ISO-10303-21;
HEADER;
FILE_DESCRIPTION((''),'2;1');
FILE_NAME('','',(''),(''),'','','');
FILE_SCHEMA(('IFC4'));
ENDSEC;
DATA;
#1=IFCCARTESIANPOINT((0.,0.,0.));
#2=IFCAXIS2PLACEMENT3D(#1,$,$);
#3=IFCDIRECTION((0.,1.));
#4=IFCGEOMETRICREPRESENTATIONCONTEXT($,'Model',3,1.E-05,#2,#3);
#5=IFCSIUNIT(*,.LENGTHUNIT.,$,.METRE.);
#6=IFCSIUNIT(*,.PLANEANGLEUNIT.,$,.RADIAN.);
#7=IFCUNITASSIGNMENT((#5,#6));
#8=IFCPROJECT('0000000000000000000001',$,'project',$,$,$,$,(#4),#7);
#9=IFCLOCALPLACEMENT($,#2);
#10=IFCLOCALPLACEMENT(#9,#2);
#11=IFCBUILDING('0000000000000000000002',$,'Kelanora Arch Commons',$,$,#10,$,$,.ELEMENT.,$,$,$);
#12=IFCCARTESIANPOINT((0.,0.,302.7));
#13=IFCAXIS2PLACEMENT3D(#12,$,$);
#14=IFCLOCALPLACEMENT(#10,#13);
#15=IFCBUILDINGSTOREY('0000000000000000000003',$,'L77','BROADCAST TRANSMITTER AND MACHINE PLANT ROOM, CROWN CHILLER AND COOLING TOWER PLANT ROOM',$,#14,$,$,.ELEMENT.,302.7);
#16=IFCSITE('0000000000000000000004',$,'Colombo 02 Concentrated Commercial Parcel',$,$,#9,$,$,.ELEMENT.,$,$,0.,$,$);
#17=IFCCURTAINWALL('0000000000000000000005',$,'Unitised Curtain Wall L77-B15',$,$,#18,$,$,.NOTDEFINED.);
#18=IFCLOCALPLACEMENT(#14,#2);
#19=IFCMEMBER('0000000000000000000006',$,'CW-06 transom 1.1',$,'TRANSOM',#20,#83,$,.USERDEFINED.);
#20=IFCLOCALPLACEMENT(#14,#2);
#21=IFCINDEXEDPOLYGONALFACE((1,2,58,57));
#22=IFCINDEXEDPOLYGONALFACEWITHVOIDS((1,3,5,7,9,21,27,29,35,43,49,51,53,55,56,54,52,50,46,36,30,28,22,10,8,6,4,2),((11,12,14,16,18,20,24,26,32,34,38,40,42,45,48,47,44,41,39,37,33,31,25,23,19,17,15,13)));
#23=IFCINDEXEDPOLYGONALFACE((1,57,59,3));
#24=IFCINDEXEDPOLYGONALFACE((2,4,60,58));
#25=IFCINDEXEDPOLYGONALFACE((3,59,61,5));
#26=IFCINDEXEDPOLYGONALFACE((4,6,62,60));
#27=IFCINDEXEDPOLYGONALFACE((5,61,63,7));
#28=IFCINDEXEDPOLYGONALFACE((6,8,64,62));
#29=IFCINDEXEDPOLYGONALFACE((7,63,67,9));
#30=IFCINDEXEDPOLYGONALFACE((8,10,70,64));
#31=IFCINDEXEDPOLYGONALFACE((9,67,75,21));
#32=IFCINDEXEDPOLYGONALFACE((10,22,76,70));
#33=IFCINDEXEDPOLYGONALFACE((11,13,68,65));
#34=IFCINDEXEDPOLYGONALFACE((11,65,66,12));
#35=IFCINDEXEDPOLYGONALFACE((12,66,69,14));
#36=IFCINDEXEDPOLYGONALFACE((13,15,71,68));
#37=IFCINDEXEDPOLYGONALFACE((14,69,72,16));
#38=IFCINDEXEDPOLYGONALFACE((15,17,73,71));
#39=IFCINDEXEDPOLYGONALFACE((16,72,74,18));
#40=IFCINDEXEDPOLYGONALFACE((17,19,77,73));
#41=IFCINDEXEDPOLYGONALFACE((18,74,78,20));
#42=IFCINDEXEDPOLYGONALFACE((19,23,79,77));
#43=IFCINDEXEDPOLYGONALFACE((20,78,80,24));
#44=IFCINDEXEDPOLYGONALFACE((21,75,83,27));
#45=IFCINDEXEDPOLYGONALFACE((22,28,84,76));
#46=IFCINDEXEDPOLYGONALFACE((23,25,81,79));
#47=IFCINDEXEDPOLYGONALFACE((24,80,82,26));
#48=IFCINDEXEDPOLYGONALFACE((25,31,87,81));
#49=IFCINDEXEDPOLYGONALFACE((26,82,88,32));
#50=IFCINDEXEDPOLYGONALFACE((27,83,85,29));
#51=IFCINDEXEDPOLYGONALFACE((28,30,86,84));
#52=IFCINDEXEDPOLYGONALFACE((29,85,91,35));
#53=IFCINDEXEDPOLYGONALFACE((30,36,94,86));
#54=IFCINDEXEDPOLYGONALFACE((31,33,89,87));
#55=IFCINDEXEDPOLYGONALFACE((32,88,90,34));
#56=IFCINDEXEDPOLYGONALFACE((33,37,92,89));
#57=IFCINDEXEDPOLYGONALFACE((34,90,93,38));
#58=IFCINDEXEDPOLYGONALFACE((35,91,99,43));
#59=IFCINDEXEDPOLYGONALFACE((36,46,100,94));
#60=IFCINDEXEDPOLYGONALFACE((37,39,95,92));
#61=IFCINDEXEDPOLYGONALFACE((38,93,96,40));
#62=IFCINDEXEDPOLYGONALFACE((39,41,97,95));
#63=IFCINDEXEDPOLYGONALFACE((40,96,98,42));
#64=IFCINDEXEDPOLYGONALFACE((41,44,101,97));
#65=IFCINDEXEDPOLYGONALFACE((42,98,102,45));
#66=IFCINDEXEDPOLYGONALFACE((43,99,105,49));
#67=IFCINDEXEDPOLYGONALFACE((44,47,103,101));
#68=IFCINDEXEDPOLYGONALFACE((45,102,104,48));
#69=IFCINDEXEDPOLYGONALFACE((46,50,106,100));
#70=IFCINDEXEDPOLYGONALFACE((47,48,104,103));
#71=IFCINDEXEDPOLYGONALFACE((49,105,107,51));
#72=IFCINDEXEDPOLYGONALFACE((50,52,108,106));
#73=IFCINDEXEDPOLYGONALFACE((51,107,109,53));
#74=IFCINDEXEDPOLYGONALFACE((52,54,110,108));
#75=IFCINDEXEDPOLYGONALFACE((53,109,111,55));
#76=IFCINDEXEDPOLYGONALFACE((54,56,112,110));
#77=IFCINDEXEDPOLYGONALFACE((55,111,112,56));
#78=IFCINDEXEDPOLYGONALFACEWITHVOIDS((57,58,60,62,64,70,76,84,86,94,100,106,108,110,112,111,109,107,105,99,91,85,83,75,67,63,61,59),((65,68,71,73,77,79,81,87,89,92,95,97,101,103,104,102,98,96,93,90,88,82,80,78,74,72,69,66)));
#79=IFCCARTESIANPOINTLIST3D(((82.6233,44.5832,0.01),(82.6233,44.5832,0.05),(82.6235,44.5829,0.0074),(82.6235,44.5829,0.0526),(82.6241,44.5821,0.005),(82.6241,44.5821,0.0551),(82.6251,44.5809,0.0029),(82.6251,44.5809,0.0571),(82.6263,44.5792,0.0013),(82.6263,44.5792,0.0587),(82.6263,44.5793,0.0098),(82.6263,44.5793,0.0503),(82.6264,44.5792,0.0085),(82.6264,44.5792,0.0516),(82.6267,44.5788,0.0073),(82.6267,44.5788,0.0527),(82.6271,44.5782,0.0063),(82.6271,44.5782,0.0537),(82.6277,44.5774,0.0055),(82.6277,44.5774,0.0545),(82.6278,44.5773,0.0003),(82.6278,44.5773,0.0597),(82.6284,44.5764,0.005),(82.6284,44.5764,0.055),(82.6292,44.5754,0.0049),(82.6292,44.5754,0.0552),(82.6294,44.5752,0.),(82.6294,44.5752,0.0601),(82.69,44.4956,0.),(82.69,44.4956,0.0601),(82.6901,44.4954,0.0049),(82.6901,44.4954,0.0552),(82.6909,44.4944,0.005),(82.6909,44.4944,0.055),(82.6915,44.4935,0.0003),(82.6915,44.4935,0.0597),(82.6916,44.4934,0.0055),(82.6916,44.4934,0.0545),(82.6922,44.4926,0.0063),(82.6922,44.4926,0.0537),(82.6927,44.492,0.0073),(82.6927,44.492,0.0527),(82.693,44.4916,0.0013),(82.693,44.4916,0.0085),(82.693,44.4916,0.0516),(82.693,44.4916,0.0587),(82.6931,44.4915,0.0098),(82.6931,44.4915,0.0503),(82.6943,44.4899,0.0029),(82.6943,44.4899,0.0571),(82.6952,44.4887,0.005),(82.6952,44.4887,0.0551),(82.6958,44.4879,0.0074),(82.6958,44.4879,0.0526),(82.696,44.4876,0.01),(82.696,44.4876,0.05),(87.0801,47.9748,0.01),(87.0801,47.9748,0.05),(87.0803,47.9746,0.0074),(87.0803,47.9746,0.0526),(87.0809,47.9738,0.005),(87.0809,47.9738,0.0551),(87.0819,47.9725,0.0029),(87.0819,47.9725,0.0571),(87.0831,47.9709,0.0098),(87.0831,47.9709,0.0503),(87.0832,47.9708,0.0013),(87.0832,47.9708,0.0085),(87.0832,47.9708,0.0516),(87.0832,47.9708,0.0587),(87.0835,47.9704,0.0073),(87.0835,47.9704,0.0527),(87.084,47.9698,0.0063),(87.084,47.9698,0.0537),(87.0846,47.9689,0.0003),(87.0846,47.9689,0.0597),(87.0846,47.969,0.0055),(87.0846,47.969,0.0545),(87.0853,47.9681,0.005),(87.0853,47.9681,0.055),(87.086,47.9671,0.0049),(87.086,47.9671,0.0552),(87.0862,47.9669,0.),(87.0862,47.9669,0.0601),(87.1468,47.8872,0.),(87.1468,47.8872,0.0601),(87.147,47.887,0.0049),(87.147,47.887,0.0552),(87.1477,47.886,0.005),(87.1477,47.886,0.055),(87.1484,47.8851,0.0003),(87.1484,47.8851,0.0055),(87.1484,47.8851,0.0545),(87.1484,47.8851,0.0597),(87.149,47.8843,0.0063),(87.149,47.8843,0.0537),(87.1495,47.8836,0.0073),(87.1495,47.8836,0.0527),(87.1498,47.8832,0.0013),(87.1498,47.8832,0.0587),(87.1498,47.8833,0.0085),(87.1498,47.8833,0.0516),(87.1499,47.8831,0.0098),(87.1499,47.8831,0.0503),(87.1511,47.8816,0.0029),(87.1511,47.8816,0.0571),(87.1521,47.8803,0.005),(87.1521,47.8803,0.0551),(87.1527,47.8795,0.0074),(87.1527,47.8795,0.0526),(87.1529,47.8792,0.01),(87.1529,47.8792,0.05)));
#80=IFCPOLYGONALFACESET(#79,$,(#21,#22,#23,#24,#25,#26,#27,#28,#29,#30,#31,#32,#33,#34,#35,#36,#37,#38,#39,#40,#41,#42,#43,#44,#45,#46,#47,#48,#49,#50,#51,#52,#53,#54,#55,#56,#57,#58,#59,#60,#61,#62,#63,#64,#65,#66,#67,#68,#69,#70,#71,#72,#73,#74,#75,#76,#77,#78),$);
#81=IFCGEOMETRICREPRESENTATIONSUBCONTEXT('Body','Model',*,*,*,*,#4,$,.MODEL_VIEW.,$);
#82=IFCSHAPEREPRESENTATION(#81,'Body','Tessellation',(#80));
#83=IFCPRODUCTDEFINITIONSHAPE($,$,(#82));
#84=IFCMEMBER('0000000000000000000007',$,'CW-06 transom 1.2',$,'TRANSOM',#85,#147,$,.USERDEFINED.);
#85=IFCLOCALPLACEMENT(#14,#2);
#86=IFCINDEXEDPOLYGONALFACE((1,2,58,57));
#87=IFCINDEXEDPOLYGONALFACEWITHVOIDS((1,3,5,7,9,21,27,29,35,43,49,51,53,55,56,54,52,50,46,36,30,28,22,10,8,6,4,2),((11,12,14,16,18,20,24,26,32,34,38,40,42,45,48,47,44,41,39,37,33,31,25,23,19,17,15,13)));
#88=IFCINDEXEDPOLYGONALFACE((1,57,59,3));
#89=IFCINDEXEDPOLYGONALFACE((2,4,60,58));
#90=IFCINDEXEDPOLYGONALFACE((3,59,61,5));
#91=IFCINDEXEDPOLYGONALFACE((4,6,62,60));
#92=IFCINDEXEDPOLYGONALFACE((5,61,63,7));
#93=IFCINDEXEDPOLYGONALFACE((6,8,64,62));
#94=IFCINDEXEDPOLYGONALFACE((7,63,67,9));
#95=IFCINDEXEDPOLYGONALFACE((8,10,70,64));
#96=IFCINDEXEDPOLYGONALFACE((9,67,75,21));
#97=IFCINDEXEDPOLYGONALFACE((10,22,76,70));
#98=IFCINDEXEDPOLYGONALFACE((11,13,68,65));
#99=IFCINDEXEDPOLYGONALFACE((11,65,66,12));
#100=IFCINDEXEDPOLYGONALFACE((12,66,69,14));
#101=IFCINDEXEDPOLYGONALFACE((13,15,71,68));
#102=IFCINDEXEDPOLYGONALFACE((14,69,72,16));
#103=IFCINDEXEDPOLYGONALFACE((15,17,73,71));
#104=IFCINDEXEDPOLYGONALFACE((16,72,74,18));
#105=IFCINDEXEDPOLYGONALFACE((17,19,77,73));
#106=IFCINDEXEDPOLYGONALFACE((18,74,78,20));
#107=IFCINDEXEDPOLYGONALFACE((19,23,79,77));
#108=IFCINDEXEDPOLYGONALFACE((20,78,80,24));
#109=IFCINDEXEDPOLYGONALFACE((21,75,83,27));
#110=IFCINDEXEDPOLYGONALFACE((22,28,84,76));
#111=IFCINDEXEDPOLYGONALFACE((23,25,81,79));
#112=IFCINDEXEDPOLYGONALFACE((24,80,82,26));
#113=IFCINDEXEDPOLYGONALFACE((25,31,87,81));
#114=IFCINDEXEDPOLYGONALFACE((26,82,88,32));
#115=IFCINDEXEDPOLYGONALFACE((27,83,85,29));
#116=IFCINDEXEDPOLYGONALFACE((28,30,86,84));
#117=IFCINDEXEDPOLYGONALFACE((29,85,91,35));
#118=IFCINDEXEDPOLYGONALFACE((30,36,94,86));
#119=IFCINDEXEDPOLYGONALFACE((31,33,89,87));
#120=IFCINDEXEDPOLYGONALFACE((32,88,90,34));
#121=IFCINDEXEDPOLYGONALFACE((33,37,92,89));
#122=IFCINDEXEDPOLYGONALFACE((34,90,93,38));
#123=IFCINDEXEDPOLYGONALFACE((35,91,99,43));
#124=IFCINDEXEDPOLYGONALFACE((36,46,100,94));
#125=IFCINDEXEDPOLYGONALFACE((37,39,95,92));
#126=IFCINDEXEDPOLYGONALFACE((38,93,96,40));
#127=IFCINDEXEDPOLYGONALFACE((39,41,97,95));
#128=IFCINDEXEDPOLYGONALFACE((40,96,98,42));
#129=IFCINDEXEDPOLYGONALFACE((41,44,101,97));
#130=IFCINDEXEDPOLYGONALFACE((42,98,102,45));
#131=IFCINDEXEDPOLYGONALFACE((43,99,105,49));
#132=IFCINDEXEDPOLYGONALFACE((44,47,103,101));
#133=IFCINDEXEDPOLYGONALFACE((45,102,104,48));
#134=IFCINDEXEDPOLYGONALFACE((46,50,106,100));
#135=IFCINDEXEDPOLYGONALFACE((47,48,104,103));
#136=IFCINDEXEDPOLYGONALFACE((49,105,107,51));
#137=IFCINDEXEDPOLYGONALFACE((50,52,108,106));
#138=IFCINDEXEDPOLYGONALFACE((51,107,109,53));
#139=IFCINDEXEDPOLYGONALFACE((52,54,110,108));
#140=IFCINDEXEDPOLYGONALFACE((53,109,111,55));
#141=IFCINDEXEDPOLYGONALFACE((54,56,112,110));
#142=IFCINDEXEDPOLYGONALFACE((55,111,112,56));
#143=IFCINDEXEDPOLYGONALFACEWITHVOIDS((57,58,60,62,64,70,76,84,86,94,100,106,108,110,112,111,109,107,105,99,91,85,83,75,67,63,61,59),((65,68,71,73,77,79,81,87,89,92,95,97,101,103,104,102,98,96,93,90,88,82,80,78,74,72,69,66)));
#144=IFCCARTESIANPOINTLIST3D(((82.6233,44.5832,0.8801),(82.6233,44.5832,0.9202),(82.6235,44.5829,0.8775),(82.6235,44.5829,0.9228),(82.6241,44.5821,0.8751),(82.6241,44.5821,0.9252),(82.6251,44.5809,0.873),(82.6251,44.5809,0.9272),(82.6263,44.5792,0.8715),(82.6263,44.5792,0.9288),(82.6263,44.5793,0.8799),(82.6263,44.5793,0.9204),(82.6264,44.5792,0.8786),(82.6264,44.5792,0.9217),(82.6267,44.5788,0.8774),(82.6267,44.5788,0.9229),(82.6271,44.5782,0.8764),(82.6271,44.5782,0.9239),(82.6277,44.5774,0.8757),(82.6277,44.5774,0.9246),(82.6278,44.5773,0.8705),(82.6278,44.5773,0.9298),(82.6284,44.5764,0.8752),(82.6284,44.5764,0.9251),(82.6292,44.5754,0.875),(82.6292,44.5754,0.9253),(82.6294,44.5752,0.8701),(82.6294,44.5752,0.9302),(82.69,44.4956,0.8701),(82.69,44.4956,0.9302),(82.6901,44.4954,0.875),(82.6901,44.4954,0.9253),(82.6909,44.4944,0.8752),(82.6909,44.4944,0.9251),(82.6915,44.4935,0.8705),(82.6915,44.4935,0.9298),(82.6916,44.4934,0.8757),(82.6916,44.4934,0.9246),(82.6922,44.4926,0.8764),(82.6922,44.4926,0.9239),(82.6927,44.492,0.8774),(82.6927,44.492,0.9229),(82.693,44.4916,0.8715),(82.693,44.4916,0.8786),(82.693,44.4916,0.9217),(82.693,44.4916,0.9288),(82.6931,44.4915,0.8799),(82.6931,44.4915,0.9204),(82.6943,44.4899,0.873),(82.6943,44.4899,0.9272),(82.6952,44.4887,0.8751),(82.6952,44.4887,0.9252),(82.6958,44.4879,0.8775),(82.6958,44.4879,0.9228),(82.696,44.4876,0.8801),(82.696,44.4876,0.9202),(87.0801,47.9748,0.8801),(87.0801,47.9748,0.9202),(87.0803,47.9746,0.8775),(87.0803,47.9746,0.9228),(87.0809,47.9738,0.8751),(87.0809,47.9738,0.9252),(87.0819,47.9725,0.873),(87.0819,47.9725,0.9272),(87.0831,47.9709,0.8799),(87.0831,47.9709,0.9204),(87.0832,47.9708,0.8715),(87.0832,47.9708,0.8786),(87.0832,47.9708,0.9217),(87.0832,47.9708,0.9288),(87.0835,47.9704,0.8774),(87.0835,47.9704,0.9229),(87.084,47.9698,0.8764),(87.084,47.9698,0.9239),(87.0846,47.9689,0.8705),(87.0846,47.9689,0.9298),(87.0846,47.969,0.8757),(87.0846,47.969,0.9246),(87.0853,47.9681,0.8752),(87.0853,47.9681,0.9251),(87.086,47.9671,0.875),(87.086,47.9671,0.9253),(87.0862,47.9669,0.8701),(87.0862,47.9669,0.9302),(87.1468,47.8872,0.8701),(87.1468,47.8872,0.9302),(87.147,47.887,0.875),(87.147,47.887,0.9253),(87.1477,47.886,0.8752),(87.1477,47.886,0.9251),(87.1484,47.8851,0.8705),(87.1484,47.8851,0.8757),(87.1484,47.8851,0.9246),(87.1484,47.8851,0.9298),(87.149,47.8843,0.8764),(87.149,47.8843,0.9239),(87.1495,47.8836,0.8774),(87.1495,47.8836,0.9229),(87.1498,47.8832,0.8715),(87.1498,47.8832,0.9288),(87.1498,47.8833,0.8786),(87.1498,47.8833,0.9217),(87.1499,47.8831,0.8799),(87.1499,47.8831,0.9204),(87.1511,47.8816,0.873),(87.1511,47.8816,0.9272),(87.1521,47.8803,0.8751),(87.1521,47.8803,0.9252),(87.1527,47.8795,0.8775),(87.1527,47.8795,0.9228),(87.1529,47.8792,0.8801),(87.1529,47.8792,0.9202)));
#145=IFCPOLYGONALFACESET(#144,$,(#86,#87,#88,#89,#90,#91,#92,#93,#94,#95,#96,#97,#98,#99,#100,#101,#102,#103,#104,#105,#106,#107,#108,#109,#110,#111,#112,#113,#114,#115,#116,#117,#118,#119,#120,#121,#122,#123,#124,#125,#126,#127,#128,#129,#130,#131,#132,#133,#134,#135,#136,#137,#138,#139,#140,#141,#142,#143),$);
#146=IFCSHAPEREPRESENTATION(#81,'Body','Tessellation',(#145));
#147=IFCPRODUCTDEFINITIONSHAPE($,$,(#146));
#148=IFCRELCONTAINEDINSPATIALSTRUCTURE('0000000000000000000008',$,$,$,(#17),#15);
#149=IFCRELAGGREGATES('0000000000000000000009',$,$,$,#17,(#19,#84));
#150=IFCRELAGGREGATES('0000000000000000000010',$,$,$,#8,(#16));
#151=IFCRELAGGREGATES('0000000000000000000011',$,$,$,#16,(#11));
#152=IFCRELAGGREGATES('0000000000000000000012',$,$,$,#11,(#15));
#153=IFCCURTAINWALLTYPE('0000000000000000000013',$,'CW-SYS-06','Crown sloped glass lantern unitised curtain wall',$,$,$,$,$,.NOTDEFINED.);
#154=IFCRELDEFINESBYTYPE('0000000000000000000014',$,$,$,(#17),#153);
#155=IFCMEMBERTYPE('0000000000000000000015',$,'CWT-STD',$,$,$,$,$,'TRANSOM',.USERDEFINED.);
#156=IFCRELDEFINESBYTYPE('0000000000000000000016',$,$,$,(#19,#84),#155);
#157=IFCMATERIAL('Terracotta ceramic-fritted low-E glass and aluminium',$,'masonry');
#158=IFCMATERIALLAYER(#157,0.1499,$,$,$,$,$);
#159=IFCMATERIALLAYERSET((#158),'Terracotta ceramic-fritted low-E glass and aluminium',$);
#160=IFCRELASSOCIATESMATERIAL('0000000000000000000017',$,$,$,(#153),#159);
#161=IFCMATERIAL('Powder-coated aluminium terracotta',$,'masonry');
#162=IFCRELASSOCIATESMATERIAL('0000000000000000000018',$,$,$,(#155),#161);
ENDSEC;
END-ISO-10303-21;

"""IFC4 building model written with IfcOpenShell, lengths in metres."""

from ifc_helpers import new_model, si_unit, direction, frame, origin, origin_2d, place, context, subcontext, project, spatial, hollow_rectangle, extrude, material, layer, layer_set, material_profile, profile_set, type_object, element, aggregate, save


model = new_model("IFC4")

# Units and contexts
model_context = context("Model", 3, precision=1e-05, world=origin(), true_north=direction((0.0, 1.0)))
body_context = subcontext(model_context, "Body", "Model", "MODEL_VIEW")
ifc_project = project(units=[si_unit("LENGTHUNIT", "METRE"), si_unit("PLANEANGLEUNIT", "RADIAN")], contexts=[model_context])

# Site, building, storey
site_placement = place(None, origin())
site = spatial("IfcSite", under=ifc_project, at=site_placement, Name="Colombo 02 Concentrated Commercial Parcel", CompositionType="ELEMENT", RefElevation=0.0)
building_placement = place(site_placement, origin())
building = spatial("IfcBuilding", under=site, at=building_placement, Name="Kelanora Arch Commons", CompositionType="ELEMENT")
storey_placement = place(building_placement, frame((0.0, 0.0, 302.7)))
storey = spatial("IfcBuildingStorey", under=building, at=storey_placement, Name="L77", Description="BROADCAST TRANSMITTER AND MACHINE PLANT ROOM, CROWN CHILLER AND COOLING TOWER PLANT ROOM", CompositionType="ELEMENT", Elevation=302.7)

# Shared definitions
ifc_material_1 = material(Name="Terracotta ceramic-fritted low-E glass and aluminium", Category="masonry")
ifc_layer_1 = layer(ifc_material_1, 0.1499)
ifc_layer_set_1 = layer_set([ifc_layer_1], Name="Terracotta ceramic-fritted low-E glass and aluminium")
curtain_wall_type = type_object("IfcCurtainWallType", Name="CW-SYS-06", Description="Crown sloped glass lantern unitised curtain wall", PredefinedType="NOTDEFINED", material=ifc_layer_set_1)
ifc_material_2 = material(Name="Powder-coated aluminium terracotta", Category="masonry")

# Curtain wall
curtain_wall_1_placement = place(storey_placement, origin())
curtain_wall_1 = element("IfcCurtainWall", 1, at=curtain_wall_1_placement, inside=storey, type_object=curtain_wall_type, Name="Unitised Curtain Wall L77-B15", PredefinedType="NOTDEFINED")

# Members
ifc_material_profile_1 = material_profile(ifc_material_2, hollow_rectangle(XDim=0.1201, YDim=0.0601, WallThickness=0.0049, InnerFilletRadius=0.0049, OuterFilletRadius=0.01, at=origin_2d()), Name="CWT120x60")
ifc_profile_set_1 = profile_set([ifc_material_profile_1], Name="Powder-coated aluminium terracotta")
member_type_1 = type_object("IfcMemberType", Name="CWT-STD", ElementType="TRANSOM", PredefinedType="USERDEFINED", material=ifc_profile_set_1)
member_1_placement = place(storey_placement, frame((82.6597, 44.5354, 0.03), z_axis=(0.79578, 0.605586, 0.0), x_axis=(-0.605586, 0.79578, 0.0)))
member_1 = element("IfcMember", 2, at=member_1_placement, type_object=member_type_1, Name="CW-06 transom 1.1", ObjectType="TRANSOM", PredefinedType="USERDEFINED", context=body_context, shape_type="SweptSolid", body=[
    extrude(hollow_rectangle(XDim=0.1201, YDim=0.0601, WallThickness=0.0049, InnerFilletRadius=0.0049, OuterFilletRadius=0.01, at=origin_2d()), origin(), (0.0, 0.0, 1.0), 5.6006),
])
member_2_placement = place(storey_placement, frame((82.6597, 44.5354, 0.9001), z_axis=(0.79578, 0.605586, 0.0), x_axis=(-0.605586, 0.79578, 0.0)))
member_2 = element("IfcMember", 3, at=member_2_placement, type_object=member_type_1, Name="CW-06 transom 1.2", ObjectType="TRANSOM", PredefinedType="USERDEFINED", context=body_context, shape_type="SweptSolid", body=[
    extrude(hollow_rectangle(XDim=0.1201, YDim=0.0601, WallThickness=0.0049, InnerFilletRadius=0.0049, OuterFilletRadius=0.01, at=origin_2d()), origin(), (0.0, 0.0, 1.0), 5.6006),
])

aggregate(curtain_wall_1, [member_1, member_2])

save(model, "model.ifc")
